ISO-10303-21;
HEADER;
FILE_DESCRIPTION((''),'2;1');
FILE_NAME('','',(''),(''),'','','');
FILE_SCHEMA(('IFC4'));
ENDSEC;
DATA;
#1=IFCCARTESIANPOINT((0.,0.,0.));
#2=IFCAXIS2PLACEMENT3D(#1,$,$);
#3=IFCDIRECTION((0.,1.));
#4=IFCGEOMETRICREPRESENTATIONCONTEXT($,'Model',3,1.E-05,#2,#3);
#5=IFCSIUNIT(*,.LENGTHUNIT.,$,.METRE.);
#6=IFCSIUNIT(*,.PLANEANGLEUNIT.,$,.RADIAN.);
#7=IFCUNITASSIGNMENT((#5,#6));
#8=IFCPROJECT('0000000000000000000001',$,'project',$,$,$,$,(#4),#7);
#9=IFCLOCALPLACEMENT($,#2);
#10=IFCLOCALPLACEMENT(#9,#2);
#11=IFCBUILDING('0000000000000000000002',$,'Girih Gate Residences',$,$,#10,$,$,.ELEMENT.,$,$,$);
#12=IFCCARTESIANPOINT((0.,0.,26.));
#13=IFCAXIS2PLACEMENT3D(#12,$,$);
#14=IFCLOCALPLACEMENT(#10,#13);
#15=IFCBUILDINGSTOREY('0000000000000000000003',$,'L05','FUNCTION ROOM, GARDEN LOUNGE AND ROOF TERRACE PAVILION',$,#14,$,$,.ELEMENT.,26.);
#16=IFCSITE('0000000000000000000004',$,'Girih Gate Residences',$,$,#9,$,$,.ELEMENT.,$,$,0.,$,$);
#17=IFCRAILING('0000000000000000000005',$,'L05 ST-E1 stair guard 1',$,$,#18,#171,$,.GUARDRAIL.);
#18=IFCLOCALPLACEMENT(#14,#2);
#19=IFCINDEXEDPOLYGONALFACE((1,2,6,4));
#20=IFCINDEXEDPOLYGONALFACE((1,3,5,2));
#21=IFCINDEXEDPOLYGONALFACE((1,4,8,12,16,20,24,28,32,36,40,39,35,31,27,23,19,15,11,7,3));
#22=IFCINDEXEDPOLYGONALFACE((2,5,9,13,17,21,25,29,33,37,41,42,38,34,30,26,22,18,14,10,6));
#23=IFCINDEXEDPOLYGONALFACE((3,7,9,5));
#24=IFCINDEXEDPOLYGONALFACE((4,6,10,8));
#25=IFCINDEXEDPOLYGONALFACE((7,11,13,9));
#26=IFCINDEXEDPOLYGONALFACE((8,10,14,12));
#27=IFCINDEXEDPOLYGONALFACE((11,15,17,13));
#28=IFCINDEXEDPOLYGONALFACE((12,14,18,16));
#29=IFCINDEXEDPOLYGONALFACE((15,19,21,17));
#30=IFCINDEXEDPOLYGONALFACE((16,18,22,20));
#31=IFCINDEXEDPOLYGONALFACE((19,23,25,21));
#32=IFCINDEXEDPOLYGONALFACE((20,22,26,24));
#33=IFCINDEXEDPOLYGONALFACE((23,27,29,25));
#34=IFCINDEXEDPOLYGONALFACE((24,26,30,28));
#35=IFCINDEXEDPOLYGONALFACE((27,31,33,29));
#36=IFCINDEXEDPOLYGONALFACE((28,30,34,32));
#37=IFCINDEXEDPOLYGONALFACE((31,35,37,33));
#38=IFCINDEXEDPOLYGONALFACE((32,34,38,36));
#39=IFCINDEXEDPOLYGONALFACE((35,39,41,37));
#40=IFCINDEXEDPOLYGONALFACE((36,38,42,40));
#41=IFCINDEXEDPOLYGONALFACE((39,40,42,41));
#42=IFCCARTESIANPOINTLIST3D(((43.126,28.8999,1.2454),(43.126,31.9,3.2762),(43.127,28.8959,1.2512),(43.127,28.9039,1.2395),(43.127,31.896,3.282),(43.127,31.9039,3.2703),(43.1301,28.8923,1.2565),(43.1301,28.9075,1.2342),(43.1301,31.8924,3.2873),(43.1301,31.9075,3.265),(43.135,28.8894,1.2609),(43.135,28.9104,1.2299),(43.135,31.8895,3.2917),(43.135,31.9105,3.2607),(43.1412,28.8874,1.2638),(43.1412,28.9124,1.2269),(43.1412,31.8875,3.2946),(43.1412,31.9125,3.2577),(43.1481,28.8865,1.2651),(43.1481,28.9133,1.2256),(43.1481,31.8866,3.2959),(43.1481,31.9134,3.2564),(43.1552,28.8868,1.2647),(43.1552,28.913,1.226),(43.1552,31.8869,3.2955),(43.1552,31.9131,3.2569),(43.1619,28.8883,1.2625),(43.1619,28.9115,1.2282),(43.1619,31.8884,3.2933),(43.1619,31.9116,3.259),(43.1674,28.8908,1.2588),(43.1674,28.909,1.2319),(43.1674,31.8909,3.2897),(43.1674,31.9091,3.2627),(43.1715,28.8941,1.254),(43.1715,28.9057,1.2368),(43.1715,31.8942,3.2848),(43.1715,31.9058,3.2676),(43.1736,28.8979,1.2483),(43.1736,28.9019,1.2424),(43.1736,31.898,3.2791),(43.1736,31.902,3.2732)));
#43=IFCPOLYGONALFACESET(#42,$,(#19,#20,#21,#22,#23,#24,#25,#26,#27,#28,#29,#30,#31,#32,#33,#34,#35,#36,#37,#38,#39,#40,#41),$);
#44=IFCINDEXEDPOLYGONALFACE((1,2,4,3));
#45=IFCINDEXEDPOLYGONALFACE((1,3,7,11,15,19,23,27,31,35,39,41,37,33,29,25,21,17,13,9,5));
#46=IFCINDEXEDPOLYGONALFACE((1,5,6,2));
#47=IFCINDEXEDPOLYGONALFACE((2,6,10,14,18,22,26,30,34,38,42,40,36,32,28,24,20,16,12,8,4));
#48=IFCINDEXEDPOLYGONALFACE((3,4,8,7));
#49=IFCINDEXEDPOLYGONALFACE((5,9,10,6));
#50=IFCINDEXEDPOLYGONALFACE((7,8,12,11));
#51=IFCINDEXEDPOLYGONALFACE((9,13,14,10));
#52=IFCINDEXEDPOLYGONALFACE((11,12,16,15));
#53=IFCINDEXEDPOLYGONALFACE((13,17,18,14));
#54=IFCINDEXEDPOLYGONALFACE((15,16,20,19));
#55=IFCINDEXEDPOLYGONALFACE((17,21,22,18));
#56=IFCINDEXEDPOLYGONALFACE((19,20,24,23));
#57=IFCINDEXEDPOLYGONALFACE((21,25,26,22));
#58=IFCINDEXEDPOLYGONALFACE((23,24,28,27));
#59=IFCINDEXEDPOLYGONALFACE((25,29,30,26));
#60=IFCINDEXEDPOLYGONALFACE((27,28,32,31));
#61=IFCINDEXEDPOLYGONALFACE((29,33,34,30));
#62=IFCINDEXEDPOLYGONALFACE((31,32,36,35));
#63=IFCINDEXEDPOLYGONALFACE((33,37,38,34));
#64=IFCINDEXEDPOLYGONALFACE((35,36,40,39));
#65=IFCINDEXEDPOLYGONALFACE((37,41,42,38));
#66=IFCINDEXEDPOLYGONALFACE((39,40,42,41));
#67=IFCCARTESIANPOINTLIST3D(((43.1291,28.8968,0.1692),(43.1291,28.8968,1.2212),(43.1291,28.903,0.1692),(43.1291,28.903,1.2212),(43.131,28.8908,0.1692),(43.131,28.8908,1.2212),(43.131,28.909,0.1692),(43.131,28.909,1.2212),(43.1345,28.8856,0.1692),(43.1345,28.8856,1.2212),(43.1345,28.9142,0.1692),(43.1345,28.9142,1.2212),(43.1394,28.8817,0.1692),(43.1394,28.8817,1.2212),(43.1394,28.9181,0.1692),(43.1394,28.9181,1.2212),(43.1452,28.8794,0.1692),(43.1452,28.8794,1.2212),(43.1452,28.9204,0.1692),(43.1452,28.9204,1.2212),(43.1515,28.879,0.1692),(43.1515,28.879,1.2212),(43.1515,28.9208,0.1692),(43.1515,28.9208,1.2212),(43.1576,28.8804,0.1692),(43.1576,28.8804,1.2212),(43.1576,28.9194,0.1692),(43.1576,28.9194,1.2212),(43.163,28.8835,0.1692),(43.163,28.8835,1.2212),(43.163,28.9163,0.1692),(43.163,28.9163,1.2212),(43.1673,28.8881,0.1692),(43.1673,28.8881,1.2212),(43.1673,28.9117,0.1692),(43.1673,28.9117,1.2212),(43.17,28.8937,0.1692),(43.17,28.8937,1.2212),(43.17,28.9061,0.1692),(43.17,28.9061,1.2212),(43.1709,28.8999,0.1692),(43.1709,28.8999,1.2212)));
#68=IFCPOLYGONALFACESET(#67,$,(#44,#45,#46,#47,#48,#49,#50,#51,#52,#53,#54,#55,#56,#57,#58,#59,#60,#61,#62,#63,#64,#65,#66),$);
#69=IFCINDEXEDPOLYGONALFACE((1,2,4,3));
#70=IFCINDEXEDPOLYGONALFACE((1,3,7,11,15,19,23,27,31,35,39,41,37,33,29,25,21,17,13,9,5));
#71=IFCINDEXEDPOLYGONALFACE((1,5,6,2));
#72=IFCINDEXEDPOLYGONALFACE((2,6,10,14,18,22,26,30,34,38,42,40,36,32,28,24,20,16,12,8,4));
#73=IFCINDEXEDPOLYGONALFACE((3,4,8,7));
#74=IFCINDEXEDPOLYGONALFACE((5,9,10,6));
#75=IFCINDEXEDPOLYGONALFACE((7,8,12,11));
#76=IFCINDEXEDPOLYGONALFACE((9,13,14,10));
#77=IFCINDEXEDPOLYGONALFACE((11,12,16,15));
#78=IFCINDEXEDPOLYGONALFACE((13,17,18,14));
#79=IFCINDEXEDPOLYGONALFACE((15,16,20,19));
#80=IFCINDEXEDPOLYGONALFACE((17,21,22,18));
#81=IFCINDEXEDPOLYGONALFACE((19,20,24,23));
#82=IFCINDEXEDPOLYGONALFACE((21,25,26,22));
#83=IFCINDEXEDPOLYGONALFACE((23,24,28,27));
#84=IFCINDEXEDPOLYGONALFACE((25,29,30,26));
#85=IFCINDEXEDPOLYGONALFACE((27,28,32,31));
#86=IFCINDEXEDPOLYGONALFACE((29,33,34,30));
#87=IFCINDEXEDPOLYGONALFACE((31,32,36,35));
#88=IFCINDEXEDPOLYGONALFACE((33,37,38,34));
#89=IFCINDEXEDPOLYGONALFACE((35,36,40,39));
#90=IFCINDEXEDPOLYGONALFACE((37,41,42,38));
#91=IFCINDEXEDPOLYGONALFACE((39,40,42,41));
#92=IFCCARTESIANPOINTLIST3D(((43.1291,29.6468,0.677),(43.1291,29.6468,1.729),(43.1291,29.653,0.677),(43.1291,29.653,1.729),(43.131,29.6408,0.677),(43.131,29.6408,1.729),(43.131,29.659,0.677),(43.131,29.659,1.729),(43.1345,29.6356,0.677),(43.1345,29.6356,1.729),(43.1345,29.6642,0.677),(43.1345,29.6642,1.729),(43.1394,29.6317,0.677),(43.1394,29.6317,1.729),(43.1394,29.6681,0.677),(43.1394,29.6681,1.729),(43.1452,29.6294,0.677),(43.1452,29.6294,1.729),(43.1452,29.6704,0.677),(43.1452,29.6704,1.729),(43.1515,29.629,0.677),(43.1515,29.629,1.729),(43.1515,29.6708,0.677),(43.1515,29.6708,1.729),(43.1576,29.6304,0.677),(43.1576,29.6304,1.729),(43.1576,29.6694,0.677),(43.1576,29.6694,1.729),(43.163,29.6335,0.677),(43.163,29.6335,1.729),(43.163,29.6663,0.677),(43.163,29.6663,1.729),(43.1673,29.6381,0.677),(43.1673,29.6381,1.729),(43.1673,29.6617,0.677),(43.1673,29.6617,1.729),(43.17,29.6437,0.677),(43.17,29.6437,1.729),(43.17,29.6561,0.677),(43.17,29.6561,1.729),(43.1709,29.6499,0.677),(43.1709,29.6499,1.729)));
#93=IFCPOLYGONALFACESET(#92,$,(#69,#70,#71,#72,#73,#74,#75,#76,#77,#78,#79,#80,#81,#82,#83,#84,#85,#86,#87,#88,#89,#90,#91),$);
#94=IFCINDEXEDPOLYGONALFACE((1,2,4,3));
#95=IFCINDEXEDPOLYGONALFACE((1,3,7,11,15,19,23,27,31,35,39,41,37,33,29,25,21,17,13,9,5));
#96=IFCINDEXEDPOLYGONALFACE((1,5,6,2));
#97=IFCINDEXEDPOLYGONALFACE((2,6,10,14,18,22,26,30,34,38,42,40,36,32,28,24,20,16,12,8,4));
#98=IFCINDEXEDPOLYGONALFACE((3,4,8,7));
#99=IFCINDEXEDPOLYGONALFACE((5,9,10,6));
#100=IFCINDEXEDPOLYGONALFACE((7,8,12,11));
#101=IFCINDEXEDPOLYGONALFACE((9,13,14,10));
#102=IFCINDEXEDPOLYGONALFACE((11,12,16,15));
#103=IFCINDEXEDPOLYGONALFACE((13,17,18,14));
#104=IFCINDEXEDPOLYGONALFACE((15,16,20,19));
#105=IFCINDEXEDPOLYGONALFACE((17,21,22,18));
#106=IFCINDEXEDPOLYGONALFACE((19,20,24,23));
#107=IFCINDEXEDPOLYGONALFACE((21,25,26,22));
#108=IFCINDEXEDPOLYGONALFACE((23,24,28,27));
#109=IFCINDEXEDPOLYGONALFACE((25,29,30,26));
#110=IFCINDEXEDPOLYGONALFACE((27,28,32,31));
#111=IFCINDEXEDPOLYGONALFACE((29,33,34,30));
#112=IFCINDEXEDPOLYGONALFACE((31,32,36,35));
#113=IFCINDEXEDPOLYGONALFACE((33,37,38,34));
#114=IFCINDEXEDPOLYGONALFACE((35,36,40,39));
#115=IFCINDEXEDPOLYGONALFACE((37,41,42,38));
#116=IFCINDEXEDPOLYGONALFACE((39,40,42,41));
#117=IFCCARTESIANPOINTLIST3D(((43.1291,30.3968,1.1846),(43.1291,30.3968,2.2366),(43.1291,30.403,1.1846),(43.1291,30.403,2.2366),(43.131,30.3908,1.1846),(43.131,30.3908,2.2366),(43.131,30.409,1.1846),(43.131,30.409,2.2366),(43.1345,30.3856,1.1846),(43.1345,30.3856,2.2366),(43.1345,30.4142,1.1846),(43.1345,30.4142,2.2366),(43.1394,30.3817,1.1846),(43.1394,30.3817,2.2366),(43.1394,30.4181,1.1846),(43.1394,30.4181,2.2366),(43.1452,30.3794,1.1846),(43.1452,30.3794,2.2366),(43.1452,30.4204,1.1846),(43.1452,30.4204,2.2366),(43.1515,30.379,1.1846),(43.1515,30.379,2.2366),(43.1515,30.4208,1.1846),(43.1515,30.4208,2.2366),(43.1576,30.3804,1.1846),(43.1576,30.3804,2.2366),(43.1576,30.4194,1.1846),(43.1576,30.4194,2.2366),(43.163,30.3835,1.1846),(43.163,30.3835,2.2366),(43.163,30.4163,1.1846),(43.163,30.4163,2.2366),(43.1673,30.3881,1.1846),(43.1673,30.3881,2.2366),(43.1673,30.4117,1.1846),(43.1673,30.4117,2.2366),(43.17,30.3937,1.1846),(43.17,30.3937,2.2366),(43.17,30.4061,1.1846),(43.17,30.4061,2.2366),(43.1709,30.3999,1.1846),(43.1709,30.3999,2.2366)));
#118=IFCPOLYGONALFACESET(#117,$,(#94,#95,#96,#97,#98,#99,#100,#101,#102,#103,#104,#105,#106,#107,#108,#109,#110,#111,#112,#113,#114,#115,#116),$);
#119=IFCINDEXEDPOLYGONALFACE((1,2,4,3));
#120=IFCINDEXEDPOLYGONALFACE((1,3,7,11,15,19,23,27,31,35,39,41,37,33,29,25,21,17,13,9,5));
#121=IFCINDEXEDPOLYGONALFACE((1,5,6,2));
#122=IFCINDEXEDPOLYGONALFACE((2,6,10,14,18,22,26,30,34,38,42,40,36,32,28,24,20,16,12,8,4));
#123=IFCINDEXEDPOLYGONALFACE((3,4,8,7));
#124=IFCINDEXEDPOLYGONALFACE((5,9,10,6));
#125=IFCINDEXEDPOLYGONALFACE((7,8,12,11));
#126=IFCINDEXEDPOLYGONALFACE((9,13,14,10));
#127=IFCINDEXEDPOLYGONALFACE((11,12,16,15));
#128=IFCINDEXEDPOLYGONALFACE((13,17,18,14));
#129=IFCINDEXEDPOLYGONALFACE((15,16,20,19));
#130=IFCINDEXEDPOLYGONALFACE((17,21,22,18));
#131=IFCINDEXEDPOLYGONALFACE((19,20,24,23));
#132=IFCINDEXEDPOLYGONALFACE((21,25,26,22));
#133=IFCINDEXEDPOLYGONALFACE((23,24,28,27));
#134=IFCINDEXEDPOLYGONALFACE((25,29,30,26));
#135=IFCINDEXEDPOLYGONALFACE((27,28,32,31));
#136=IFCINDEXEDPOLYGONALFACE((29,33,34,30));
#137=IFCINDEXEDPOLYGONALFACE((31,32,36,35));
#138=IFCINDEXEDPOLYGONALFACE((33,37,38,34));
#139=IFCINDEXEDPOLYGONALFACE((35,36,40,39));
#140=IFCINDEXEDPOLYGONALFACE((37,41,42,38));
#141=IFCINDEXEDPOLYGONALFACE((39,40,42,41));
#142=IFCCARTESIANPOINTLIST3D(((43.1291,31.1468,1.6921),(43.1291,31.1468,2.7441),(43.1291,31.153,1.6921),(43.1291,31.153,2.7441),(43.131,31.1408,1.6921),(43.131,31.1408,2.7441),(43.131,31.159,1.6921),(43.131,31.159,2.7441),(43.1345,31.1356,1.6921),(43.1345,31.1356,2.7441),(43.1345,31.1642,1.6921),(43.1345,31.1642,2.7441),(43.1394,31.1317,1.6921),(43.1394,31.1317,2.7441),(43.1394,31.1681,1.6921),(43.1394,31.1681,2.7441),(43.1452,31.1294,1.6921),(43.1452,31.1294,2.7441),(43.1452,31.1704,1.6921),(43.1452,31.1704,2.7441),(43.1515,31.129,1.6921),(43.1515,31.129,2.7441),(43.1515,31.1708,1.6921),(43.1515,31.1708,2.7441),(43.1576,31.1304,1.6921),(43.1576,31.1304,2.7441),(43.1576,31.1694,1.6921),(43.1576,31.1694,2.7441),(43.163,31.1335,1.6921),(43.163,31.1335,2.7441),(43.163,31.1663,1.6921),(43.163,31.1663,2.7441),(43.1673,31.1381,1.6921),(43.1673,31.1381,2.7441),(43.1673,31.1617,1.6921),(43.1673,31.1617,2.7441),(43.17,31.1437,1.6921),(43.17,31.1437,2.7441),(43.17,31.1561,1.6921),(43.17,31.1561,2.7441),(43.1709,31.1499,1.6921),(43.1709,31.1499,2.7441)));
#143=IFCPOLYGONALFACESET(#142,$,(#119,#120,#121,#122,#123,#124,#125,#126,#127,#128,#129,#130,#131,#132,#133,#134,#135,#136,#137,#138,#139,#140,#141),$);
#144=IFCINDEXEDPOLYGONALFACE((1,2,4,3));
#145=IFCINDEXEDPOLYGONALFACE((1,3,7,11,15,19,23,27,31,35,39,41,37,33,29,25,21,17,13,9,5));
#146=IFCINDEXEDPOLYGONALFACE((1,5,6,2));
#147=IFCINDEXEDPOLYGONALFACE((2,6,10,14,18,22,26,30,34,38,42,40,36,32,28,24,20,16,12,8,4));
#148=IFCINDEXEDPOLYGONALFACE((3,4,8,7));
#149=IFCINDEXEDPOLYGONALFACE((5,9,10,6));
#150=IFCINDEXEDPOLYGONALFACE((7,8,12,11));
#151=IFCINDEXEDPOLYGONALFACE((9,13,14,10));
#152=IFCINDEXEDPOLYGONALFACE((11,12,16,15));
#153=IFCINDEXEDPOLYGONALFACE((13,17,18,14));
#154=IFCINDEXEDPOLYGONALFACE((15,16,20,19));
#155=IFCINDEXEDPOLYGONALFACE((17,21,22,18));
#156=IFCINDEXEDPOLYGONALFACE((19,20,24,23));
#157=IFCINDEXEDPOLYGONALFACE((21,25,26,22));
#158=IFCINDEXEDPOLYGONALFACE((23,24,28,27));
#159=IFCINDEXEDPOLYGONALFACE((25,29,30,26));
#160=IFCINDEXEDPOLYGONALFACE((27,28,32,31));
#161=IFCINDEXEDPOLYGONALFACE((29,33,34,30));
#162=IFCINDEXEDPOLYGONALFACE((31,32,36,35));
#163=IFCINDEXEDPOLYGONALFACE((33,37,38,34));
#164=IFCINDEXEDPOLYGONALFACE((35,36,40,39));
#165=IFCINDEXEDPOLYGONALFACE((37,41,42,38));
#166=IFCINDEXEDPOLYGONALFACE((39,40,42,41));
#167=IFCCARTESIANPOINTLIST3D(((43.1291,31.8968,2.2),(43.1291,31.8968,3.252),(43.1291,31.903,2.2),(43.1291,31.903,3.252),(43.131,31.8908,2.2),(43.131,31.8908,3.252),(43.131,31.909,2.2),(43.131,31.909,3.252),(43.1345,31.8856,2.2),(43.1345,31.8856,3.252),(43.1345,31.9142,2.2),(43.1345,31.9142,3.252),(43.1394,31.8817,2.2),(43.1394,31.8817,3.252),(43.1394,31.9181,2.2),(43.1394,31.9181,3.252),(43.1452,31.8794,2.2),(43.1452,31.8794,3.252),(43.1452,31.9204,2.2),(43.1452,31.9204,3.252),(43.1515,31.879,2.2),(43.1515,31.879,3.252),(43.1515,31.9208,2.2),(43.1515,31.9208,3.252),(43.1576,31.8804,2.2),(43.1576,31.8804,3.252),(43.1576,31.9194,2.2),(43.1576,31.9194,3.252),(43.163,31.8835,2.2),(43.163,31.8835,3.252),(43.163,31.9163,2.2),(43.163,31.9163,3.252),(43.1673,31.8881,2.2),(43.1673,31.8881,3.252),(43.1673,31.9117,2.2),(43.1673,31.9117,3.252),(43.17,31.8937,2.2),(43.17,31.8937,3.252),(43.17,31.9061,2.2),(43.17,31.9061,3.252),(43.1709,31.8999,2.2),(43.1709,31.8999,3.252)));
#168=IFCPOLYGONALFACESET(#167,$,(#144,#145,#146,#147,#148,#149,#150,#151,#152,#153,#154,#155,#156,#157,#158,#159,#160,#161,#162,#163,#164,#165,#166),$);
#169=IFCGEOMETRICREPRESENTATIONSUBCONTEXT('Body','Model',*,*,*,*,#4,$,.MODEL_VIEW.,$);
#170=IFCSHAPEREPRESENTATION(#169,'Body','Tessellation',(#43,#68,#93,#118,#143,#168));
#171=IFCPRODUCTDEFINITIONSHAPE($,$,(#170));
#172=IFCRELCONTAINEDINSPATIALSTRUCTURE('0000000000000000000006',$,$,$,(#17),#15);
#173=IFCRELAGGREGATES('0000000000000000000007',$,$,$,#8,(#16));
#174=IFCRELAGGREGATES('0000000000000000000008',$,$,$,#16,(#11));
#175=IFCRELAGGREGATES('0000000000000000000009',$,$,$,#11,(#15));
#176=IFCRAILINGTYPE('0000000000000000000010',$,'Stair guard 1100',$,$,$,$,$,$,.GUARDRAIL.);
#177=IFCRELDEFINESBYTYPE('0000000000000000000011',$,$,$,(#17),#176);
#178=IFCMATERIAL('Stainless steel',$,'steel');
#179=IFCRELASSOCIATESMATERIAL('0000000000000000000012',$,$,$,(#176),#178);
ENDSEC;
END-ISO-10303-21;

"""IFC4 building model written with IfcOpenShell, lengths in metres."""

from ifc_helpers import new_model, si_unit, direction, frame, origin, origin_2d, place, context, subcontext, project, spatial, circle, extrude, material, type_object, element, save


model = new_model("IFC4")

# Units and contexts
model_context = context("Model", 3, precision=1e-05, world=origin(), true_north=direction((0.0, 1.0)))
body_context = subcontext(model_context, "Body", "Model", "MODEL_VIEW")
ifc_project = project(units=[si_unit("LENGTHUNIT", "METRE"), si_unit("PLANEANGLEUNIT", "RADIAN")], contexts=[model_context])

# Site, building, storey
site_placement = place(None, origin())
site = spatial("IfcSite", under=ifc_project, at=site_placement, Name="Girih Gate Residences", CompositionType="ELEMENT", RefElevation=0.0)
building_placement = place(site_placement, origin())
building = spatial("IfcBuilding", under=site, at=building_placement, Name="Girih Gate Residences", CompositionType="ELEMENT")
storey_placement = place(building_placement, frame((0.0, 0.0, 26.0)))
storey = spatial("IfcBuildingStorey", under=building, at=storey_placement, Name="L05", Description="FUNCTION ROOM, GARDEN LOUNGE AND ROOF TERRACE PAVILION", CompositionType="ELEMENT", Elevation=26.0)

# Railing
ifc_material_1 = material(Name="Stainless steel", Category="steel")
railing_type_1 = type_object("IfcRailingType", Name="Stair guard 1100", PredefinedType="GUARDRAIL", material=ifc_material_1)
for number, where, name in (
    (1, (43.1499, 28.8999, 0.1692), "L05 ST-E1 stair guard 1"),
):
    element("IfcRailing", number, at=place(storey_placement, frame(where)), inside=storey, type_object=railing_type_1, Name=name, PredefinedType="GUARDRAIL", context=body_context, shape_type="SweptSolid", body=[
        extrude(circle(Radius=0.0239, at=origin_2d()), frame((0.0, 0.0, 1.0762), z_axis=(0.0, 0.82811, 0.560565), x_axis=(-1.0, 0.0, 0.0)), (0.0, 0.0, 1.0), 3.6228),
        extrude(circle(Radius=0.021, at=origin_2d()), origin(), (0.0, 0.0, 1.0), 1.052),
        extrude(circle(Radius=0.021, at=origin_2d()), frame((0.0, 0.75, 0.5078)), (0.0, 0.0, 1.0), 1.052),
        extrude(circle(Radius=0.021, at=origin_2d()), frame((0.0, 1.5, 1.0154)), (0.0, 0.0, 1.0), 1.052),
        extrude(circle(Radius=0.021, at=origin_2d()), frame((0.0, 2.25, 1.5229)), (0.0, 0.0, 1.0), 1.052),
        extrude(circle(Radius=0.021, at=origin_2d()), frame((0.0, 3.0, 2.0308)), (0.0, 0.0, 1.0), 1.052),
    ])

save(model, "model.ifc")
